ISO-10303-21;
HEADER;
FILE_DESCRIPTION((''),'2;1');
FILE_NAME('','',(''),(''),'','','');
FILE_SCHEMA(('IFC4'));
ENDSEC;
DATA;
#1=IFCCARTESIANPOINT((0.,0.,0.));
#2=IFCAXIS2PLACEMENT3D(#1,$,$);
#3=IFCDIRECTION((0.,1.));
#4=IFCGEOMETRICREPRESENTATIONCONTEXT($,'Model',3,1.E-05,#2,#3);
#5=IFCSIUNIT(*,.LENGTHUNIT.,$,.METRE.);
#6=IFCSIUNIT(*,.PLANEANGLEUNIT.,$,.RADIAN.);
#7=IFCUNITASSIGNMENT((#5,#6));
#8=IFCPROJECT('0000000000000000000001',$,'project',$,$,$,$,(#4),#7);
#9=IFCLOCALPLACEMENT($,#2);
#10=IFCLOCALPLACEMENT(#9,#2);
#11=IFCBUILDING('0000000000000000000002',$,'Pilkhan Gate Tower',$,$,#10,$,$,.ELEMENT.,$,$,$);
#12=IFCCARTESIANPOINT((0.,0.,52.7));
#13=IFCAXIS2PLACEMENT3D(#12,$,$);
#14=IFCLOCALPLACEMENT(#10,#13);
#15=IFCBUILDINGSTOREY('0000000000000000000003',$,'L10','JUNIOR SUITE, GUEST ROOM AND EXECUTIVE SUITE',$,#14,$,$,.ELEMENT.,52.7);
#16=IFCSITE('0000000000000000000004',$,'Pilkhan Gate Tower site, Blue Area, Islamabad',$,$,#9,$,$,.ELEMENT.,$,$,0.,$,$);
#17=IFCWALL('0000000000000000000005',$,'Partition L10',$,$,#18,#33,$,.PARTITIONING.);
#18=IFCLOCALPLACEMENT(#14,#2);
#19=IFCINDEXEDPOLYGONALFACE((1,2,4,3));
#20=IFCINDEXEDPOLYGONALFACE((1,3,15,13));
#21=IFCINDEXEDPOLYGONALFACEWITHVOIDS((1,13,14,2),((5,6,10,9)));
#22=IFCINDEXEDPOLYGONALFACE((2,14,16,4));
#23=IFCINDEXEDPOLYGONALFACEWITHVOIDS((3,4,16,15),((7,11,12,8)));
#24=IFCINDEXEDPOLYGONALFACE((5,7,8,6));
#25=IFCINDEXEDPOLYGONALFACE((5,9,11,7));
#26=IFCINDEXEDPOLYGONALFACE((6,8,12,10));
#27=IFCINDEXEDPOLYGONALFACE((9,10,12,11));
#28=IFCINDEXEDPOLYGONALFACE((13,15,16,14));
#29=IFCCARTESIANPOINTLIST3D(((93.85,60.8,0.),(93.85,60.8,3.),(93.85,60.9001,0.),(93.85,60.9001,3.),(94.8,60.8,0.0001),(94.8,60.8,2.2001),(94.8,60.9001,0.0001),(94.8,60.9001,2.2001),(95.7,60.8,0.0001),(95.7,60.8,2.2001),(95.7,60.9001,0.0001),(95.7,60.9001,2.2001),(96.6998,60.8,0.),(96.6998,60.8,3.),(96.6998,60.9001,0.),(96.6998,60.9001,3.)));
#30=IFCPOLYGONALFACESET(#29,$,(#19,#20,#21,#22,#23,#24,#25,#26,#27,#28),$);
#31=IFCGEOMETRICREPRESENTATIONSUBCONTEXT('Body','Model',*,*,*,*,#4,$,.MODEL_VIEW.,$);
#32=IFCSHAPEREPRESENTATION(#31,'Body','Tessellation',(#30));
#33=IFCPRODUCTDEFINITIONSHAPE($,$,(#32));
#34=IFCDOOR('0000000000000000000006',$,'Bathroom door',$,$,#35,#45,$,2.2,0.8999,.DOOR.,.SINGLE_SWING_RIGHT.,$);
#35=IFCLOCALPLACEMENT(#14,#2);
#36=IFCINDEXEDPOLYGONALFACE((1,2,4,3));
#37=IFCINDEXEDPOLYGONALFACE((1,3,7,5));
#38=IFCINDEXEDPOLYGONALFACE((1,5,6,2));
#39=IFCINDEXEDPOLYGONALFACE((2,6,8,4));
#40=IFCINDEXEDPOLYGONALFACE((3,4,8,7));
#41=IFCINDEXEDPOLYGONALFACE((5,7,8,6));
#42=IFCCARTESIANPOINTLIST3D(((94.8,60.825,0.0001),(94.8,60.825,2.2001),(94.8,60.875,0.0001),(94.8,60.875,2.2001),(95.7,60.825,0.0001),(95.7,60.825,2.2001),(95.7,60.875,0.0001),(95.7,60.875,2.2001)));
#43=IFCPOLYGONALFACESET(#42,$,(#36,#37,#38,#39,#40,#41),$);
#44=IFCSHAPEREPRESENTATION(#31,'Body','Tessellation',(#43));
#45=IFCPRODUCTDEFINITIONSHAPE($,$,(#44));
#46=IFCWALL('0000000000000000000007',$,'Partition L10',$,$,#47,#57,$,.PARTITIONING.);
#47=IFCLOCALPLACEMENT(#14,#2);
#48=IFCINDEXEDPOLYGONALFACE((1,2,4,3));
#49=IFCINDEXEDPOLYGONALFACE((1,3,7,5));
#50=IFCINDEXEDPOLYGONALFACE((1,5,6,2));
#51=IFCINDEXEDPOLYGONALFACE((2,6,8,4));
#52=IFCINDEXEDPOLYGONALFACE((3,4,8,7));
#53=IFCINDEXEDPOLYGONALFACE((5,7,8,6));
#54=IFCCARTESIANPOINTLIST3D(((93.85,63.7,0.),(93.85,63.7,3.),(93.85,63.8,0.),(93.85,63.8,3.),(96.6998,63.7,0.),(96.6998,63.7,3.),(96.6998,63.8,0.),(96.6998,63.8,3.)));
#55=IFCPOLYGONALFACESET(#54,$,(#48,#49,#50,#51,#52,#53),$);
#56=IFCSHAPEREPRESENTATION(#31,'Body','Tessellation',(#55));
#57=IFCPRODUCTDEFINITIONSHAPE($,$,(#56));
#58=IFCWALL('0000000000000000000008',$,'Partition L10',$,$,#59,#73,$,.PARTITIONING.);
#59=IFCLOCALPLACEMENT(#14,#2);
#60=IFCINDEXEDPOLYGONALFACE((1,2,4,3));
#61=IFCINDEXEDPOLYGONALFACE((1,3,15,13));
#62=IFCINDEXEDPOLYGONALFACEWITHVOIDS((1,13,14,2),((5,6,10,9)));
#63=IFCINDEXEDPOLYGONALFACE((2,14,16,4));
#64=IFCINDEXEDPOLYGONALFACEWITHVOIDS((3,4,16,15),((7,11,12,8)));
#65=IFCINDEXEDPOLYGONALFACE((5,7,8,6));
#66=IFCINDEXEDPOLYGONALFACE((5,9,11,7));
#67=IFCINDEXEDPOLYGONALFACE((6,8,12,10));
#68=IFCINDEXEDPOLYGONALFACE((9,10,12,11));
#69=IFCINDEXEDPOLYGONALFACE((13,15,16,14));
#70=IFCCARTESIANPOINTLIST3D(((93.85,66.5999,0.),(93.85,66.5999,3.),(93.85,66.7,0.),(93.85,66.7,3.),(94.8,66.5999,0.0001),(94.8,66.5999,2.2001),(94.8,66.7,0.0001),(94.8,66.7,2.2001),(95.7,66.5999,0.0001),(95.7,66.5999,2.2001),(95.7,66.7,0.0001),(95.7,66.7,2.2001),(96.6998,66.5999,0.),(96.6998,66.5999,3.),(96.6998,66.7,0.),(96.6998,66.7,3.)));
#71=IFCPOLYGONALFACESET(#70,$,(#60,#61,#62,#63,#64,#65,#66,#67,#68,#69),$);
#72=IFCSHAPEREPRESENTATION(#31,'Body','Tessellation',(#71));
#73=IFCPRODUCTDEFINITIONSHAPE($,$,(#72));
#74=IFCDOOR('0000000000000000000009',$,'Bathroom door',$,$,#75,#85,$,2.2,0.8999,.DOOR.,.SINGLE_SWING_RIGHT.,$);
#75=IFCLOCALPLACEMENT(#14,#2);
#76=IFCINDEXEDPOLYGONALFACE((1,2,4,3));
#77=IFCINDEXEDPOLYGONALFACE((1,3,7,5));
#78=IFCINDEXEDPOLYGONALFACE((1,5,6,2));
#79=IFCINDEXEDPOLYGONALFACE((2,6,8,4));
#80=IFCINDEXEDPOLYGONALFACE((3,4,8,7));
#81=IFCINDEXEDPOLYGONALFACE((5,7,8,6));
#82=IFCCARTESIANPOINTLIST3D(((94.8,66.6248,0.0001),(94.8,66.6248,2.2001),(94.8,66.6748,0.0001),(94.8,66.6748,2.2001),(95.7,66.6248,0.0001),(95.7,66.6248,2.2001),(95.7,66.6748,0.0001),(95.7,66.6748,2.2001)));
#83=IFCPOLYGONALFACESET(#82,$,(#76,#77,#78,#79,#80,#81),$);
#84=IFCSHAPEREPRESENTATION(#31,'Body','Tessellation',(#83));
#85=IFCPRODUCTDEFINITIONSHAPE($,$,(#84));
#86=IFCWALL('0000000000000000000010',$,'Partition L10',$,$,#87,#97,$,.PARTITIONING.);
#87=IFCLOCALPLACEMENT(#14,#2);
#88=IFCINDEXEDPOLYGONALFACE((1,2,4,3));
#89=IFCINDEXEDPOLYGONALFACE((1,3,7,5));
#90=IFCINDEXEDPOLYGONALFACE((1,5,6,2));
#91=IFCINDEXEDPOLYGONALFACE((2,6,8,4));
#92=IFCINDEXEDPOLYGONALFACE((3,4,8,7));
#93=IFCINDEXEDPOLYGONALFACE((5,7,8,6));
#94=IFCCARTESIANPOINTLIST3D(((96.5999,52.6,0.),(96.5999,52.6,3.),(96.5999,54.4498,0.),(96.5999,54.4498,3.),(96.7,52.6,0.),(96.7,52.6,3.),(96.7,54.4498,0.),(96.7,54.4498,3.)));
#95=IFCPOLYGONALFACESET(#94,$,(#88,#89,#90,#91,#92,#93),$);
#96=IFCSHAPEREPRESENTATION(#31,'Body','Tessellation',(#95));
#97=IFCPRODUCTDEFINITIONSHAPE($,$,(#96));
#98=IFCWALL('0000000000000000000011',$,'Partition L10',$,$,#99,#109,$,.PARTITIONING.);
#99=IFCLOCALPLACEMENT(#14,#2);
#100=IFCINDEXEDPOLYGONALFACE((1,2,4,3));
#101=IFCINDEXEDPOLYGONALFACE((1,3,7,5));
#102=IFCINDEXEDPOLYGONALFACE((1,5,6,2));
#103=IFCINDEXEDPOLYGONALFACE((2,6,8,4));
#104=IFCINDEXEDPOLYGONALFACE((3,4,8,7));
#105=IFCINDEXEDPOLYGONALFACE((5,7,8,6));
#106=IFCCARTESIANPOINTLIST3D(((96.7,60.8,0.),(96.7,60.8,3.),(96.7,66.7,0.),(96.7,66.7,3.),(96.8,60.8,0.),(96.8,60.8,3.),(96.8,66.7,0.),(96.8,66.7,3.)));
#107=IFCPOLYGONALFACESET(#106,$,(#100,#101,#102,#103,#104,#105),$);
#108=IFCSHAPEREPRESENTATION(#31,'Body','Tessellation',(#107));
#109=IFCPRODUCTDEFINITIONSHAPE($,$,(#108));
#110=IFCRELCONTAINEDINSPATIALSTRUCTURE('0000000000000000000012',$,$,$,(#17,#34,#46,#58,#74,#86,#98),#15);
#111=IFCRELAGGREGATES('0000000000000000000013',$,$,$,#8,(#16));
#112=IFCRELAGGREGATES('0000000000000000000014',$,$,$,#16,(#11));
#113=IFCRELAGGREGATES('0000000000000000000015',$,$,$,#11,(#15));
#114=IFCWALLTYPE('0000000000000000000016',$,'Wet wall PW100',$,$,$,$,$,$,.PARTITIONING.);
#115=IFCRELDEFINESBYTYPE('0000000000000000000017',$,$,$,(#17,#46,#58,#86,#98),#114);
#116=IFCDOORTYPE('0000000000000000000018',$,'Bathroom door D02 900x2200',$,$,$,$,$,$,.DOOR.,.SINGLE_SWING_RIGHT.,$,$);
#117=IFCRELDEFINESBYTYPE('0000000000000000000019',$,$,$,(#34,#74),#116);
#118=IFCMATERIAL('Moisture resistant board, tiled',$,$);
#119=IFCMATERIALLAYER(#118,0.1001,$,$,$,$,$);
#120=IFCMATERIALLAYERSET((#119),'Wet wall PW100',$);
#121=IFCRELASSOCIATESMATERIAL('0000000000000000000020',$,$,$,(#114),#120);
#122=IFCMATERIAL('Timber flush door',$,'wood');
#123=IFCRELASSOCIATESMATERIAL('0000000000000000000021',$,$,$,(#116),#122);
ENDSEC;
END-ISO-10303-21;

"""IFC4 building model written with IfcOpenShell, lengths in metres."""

from ifc_helpers import new_model, si_unit, direction, frame, frame_2d, origin, place, context, subcontext, project, spatial, rectangle, extrude, material, layer, layer_set, type_object, element, fill, save


model = new_model("IFC4")

# Units and contexts
model_context = context("Model", 3, precision=1e-05, world=origin(), true_north=direction((0.0, 1.0)))
body_context = subcontext(model_context, "Body", "Model", "MODEL_VIEW")
ifc_project = project(units=[si_unit("LENGTHUNIT", "METRE"), si_unit("PLANEANGLEUNIT", "RADIAN")], contexts=[model_context])

# Site, building, storey
site_placement = place(None, origin())
site = spatial("IfcSite", under=ifc_project, at=site_placement, Name="Pilkhan Gate Tower site, Blue Area, Islamabad", CompositionType="ELEMENT", RefElevation=0.0)
building_placement = place(site_placement, origin())
building = spatial("IfcBuilding", under=site, at=building_placement, Name="Pilkhan Gate Tower", CompositionType="ELEMENT")
storey_placement = place(building_placement, frame((0.0, 0.0, 52.7)))
storey = spatial("IfcBuildingStorey", under=building, at=storey_placement, Name="L10", Description="JUNIOR SUITE, GUEST ROOM AND EXECUTIVE SUITE", CompositionType="ELEMENT", Elevation=52.7)

# Wall, opening, door
ifc_material_1 = material(Name="Moisture resistant board, tiled")
ifc_layer_1 = layer(ifc_material_1, 0.1001)
ifc_layer_set_1 = layer_set([ifc_layer_1], Name="Wet wall PW100")
wall_type_1 = type_object("IfcWallType", Name="Wet wall PW100", PredefinedType="PARTITIONING", material=ifc_layer_set_1)
ifc_material_2 = material(Name="Timber flush door", Category="wood")
door_type = type_object("IfcDoorType", Name="Bathroom door D02 900x2200", OperationType="SINGLE_SWING_RIGHT", PredefinedType="DOOR", material=ifc_material_2)
wall_1_placement = place(storey_placement, frame((93.8501, 60.8501, 0.0), z_axis=(0.0, 0.0, 1.0), x_axis=(1.0, 0.0, 0.0)))
wall_1 = element("IfcWall", 1, at=wall_1_placement, inside=storey, type_object=wall_type_1, Name="Partition L10", PredefinedType="PARTITIONING", context=body_context, shape_type="SweptSolid", body=[
    extrude(rectangle(XDim=2.8499, YDim=0.1001, at=frame_2d((1.4248, 0.0))), origin(), (0.0, 0.0, 1.0), 3.0),
])
opening_1_placement = place(wall_1_placement, frame((0.95, 0.0, 0.0)))
opening_1 = element("IfcOpeningElement", 2, at=opening_1_placement, cuts=wall_1, PredefinedType="OPENING", context=body_context, shape_type="SweptSolid", body=[
    extrude(rectangle(XDim=0.8999, YDim=2.2, at=frame_2d((0.45, 1.1001))), frame((0.0, 0.0601, 0.0), z_axis=(0.0, -1.0, 0.0), x_axis=(1.0, 0.0, 0.0)), (0.0, 0.0, 1.0), 0.1201),
])
door_1_placement = place(opening_1_placement, origin())
door_1 = element("IfcDoor", 3, at=door_1_placement, inside=storey, type_object=door_type, Name="Bathroom door", OperationType="SINGLE_SWING_RIGHT", OverallHeight=2.2, OverallWidth=0.8999, PredefinedType="DOOR", context=body_context, shape_type="SweptSolid", body=[
    extrude(rectangle(XDim=0.8999, YDim=2.2, at=frame_2d((0.45, 1.1001))), frame((0.0, 0.0249, 0.0), z_axis=(0.0, -1.0, 0.0), x_axis=(1.0, 0.0, 0.0)), (0.0, 0.0, 1.0), 0.05),
])
fill(opening_1, door_1)

# Wall
wall_2_placement = place(storey_placement, frame((93.8501, 63.75, 0.0), z_axis=(0.0, 0.0, 1.0), x_axis=(1.0, 0.0, 0.0)))
element("IfcWall", 4, at=wall_2_placement, inside=storey, type_object=wall_type_1, Name="Partition L10", PredefinedType="PARTITIONING", context=body_context, shape_type="SweptSolid", body=[
    extrude(rectangle(XDim=2.8499, YDim=0.1001, at=frame_2d((1.4248, 0.0))), origin(), (0.0, 0.0, 1.0), 3.0),
])

# Wall, opening, door
wall_3_placement = place(storey_placement, frame((93.8501, 66.6499, 0.0), z_axis=(0.0, 0.0, 1.0), x_axis=(1.0, 0.0, 0.0)))
wall_3 = element("IfcWall", 5, at=wall_3_placement, inside=storey, type_object=wall_type_1, Name="Partition L10", PredefinedType="PARTITIONING", context=body_context, shape_type="SweptSolid", body=[
    extrude(rectangle(XDim=2.8499, YDim=0.1001, at=frame_2d((1.4248, 0.0))), origin(), (0.0, 0.0, 1.0), 3.0),
])
opening_2_placement = place(wall_3_placement, frame((0.95, 0.0, 0.0)))
opening_2 = element("IfcOpeningElement", 6, at=opening_2_placement, cuts=wall_3, PredefinedType="OPENING", context=body_context, shape_type="SweptSolid", body=[
    extrude(rectangle(XDim=0.8999, YDim=2.2, at=frame_2d((0.45, 1.1001))), frame((0.0, 0.0601, 0.0), z_axis=(0.0, -1.0, 0.0), x_axis=(1.0, 0.0, 0.0)), (0.0, 0.0, 1.0), 0.1201),
])
door_2_placement = place(opening_2_placement, origin())
door_2 = element("IfcDoor", 7, at=door_2_placement, inside=storey, type_object=door_type, Name="Bathroom door", OperationType="SINGLE_SWING_RIGHT", OverallHeight=2.2, OverallWidth=0.8999, PredefinedType="DOOR", context=body_context, shape_type="SweptSolid", body=[
    extrude(rectangle(XDim=0.8999, YDim=2.2, at=frame_2d((0.45, 1.1001))), frame((0.0, 0.0249, 0.0), z_axis=(0.0, -1.0, 0.0), x_axis=(1.0, 0.0, 0.0)), (0.0, 0.0, 1.0), 0.05),
])
fill(opening_2, door_2)

# Walls
wall_4_placement = place(storey_placement, frame((96.6499, 52.6001, 0.0), z_axis=(0.0, 0.0, 1.0), x_axis=(0.0, 1.0, 0.0)))
element("IfcWall", 8, at=wall_4_placement, inside=storey, type_object=wall_type_1, Name="Partition L10", PredefinedType="PARTITIONING", context=body_context, shape_type="SweptSolid", body=[
    extrude(rectangle(XDim=1.8499, YDim=0.1001, at=frame_2d((0.9248, 0.0))), origin(), (0.0, 0.0, 1.0), 3.0),
])
wall_5_placement = place(storey_placement, frame((96.75, 60.8, 0.0), z_axis=(0.0, 0.0, 1.0), x_axis=(0.0, 1.0, 0.0)))
element("IfcWall", 9, at=wall_5_placement, inside=storey, type_object=wall_type_1, Name="Partition L10", PredefinedType="PARTITIONING", context=body_context, shape_type="SweptSolid", body=[
    extrude(rectangle(XDim=5.8999, YDim=0.1001, at=frame_2d((2.95, 0.0))), origin(), (0.0, 0.0, 1.0), 3.0),
])

save(model, "model.ifc")
